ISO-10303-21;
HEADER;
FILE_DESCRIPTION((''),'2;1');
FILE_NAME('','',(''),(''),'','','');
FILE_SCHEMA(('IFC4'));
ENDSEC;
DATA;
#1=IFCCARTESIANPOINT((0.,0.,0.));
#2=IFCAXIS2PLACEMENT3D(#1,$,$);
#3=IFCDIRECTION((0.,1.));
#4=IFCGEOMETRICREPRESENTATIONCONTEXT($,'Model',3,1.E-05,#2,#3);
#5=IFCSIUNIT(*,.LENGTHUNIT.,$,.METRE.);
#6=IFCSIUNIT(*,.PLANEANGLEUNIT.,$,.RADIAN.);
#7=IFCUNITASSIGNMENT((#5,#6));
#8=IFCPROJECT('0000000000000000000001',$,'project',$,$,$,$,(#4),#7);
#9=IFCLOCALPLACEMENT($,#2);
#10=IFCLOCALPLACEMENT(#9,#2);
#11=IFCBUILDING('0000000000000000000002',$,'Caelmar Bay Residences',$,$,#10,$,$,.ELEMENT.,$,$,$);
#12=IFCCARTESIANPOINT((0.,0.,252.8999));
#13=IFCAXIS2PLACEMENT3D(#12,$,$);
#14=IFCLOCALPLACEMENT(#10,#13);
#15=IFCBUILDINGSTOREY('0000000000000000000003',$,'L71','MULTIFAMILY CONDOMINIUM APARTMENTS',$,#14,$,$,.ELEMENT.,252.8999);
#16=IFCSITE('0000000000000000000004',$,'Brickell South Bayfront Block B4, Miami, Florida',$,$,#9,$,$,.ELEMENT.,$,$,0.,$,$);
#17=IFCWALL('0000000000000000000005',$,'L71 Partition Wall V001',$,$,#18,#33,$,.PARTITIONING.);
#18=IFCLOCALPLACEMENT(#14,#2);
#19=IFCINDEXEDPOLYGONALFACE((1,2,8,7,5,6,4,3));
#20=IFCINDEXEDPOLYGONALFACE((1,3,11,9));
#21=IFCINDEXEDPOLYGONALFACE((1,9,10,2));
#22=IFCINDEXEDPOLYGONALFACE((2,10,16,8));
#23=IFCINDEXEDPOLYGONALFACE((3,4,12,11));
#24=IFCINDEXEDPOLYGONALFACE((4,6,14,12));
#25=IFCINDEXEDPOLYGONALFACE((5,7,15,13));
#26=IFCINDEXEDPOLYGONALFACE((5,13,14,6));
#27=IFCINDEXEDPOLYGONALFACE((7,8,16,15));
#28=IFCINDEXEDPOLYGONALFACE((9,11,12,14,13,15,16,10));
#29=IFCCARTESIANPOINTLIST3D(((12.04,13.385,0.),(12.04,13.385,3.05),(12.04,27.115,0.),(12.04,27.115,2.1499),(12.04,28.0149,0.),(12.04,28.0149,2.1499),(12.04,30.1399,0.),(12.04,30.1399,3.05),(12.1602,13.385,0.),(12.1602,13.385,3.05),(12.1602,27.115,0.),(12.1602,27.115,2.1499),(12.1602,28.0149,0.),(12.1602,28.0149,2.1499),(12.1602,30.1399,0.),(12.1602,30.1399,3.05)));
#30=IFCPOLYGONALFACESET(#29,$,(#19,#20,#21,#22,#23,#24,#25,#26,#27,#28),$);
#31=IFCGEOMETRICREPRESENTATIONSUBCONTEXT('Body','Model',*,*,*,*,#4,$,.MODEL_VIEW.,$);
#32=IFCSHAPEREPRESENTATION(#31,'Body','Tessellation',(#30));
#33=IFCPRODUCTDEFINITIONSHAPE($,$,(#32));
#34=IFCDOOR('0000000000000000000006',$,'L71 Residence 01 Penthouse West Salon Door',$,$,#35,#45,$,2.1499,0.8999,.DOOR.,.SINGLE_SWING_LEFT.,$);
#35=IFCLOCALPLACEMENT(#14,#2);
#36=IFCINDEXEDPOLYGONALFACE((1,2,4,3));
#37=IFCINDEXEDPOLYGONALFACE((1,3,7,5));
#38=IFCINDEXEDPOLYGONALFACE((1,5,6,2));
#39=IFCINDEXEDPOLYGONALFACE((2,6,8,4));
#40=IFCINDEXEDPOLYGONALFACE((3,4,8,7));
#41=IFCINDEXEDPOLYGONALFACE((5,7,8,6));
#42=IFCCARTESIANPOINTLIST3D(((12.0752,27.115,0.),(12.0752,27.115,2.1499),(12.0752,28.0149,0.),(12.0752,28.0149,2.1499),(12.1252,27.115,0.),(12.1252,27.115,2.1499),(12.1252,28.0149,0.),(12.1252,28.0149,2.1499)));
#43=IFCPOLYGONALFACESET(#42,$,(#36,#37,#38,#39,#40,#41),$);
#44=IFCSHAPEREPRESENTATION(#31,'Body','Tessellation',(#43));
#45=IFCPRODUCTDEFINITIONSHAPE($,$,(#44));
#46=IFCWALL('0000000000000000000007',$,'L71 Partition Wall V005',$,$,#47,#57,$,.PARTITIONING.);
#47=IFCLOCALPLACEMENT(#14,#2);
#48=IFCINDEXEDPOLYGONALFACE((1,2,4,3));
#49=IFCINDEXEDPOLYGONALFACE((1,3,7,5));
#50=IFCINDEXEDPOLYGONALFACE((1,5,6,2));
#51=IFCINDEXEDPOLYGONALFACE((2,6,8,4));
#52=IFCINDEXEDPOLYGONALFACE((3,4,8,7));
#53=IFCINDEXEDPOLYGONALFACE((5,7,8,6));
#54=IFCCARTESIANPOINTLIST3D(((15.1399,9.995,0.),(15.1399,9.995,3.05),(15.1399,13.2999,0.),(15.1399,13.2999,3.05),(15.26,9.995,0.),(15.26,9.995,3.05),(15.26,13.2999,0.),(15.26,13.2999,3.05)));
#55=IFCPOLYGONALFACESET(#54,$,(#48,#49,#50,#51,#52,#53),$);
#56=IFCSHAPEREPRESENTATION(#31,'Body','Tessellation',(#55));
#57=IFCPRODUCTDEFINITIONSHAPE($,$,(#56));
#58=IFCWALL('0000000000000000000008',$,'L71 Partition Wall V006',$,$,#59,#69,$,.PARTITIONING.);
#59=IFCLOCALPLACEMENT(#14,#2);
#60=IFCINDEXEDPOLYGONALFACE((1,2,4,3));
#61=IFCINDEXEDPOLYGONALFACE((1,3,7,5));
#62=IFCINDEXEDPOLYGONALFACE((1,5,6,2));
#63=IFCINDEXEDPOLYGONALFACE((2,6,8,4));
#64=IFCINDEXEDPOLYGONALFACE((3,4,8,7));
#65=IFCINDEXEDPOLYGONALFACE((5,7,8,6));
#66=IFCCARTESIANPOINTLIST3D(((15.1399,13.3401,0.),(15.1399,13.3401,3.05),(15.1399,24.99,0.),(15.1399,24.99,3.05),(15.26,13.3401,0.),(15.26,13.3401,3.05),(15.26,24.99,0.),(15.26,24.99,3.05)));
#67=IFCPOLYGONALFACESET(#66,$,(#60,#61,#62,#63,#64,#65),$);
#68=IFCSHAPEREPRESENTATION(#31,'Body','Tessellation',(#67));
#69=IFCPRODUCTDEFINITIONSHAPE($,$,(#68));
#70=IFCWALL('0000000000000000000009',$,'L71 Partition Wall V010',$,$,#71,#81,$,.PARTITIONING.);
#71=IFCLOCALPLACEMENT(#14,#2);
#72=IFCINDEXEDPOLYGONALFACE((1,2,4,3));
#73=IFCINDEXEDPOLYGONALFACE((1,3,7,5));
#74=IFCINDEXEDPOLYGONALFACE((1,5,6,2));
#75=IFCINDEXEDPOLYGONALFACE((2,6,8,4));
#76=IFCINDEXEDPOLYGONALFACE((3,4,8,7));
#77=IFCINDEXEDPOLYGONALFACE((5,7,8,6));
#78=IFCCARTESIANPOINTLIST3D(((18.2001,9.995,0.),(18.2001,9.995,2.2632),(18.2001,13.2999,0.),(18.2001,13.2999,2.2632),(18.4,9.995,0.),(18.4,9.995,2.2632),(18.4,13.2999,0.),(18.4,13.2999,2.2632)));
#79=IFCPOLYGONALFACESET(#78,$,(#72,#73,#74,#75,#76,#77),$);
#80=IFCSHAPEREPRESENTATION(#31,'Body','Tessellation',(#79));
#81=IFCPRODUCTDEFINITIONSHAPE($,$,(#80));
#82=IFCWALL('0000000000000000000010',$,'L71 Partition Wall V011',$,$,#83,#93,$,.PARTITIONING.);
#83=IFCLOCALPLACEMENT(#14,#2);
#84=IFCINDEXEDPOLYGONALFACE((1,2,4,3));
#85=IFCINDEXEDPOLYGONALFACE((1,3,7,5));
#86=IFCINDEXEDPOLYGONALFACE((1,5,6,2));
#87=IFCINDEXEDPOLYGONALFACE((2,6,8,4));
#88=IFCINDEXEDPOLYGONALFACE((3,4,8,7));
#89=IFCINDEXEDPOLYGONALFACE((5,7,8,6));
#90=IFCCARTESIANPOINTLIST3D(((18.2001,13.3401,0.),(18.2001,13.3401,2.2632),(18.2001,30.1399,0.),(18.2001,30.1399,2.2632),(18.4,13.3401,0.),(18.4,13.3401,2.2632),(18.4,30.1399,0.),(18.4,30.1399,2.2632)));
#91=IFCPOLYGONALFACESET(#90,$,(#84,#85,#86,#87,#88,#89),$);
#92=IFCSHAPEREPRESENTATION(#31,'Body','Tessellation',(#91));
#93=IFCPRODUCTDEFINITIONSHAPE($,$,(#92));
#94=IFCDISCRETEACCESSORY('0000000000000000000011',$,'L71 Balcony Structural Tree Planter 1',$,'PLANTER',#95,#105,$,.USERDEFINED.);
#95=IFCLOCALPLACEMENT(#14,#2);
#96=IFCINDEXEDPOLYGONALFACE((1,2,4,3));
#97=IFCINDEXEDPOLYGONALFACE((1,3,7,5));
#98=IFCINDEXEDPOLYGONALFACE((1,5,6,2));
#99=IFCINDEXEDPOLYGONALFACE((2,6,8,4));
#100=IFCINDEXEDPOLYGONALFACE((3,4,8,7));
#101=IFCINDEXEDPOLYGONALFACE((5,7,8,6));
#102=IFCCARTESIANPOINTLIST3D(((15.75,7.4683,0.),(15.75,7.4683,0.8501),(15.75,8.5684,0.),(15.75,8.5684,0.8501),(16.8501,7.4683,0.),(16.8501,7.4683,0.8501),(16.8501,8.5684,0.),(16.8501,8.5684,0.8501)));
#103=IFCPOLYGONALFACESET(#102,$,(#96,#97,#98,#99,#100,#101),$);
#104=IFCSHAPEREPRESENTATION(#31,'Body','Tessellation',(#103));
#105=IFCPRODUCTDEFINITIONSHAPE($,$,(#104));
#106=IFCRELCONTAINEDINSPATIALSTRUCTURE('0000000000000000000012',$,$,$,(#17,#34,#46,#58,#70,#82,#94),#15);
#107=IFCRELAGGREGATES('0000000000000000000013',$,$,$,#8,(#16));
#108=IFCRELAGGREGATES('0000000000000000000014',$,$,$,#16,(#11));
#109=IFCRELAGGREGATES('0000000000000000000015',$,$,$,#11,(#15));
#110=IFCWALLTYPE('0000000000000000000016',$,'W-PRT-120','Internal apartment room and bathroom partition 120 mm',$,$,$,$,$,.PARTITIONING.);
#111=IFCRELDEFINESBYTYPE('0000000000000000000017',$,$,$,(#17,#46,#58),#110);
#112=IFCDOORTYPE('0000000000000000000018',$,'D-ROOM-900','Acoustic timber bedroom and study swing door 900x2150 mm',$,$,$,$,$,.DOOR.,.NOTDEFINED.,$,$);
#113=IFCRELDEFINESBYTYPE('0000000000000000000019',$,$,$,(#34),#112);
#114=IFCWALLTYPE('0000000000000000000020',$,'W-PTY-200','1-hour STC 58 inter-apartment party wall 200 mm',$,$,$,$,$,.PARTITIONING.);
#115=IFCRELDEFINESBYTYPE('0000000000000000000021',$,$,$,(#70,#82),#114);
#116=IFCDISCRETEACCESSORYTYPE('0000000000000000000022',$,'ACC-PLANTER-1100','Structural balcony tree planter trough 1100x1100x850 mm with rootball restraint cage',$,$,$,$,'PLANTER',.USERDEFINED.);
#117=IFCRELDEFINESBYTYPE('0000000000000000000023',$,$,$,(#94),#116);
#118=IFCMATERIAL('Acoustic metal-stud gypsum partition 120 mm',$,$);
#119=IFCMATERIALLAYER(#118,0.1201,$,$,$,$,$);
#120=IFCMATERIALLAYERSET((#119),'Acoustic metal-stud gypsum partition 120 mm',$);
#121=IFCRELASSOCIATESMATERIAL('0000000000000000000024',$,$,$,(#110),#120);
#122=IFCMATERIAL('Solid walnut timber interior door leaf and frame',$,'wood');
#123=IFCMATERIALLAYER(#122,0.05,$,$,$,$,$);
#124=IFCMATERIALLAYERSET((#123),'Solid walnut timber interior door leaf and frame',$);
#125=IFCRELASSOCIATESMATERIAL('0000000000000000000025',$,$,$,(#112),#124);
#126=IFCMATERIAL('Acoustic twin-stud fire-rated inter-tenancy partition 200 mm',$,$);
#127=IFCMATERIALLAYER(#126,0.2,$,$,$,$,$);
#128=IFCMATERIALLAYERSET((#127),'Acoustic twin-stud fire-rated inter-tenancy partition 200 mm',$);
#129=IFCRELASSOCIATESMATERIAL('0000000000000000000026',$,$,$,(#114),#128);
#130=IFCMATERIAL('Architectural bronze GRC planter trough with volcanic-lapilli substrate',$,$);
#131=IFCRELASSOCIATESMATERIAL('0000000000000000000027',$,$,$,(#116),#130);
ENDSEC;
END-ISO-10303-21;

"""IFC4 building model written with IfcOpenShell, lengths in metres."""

from ifc_helpers import new_model, si_unit, direction, frame, frame_2d, origin, origin_2d, place, context, subcontext, project, spatial, rectangle, extrude, material, layer, layer_set, type_object, element, fill, save


model = new_model("IFC4")

# Units and contexts
model_context = context("Model", 3, precision=1e-05, world=origin(), true_north=direction((0.0, 1.0)))
body_context = subcontext(model_context, "Body", "Model", "MODEL_VIEW")
ifc_project = project(units=[si_unit("LENGTHUNIT", "METRE"), si_unit("PLANEANGLEUNIT", "RADIAN")], contexts=[model_context])

# Site, building, storey
site_placement = place(None, origin())
site = spatial("IfcSite", under=ifc_project, at=site_placement, Name="Brickell South Bayfront Block B4, Miami, Florida", CompositionType="ELEMENT", RefElevation=0.0)
building_placement = place(site_placement, origin())
building = spatial("IfcBuilding", under=site, at=building_placement, Name="Caelmar Bay Residences", CompositionType="ELEMENT")
storey_placement = place(building_placement, frame((0.0, 0.0, 252.8999)))
storey = spatial("IfcBuildingStorey", under=building, at=storey_placement, Name="L71", Description="MULTIFAMILY CONDOMINIUM APARTMENTS", CompositionType="ELEMENT", Elevation=252.8999)

# Wall, opening, door
ifc_material_1 = material(Name="Acoustic metal-stud gypsum partition 120 mm")
ifc_layer_1 = layer(ifc_material_1, 0.1201)
ifc_layer_set_1 = layer_set([ifc_layer_1], Name="Acoustic metal-stud gypsum partition 120 mm")
wall_type_1 = type_object("IfcWallType", Name="W-PRT-120", Description="Internal apartment room and bathroom partition 120 mm", PredefinedType="PARTITIONING", material=ifc_layer_set_1)
wall_1_placement = place(storey_placement, frame((12.1001, 13.385, 0.0), z_axis=(0.0, 0.0, 1.0), x_axis=(0.0, 1.0, 0.0)))
wall_1 = element("IfcWall", 1, at=wall_1_placement, inside=storey, type_object=wall_type_1, Name="L71 Partition Wall V001", PredefinedType="PARTITIONING", context=body_context, shape_type="SweptSolid", body=[
    extrude(rectangle(XDim=16.7549, YDim=0.1201, at=frame_2d((8.3774, 0.0))), origin(), (0.0, 0.0, 1.0), 3.05),
])
opening_1_placement = place(wall_1_placement, frame((13.73, 0.0, 0.0)))
opening_1 = element("IfcOpeningElement", 2, at=opening_1_placement, cuts=wall_1, PredefinedType="OPENING", context=body_context, shape_type="SweptSolid", body=[
    extrude(rectangle(XDim=0.8999, YDim=2.1499, at=frame_2d((0.45, 1.075))), frame((0.0, 0.0701, 0.0), z_axis=(0.0, -1.0, 0.0), x_axis=(1.0, 0.0, 0.0)), (0.0, 0.0, 1.0), 0.1401),
])
ifc_material_2 = material(Name="Solid walnut timber interior door leaf and frame", Category="wood")
ifc_layer_2 = layer(ifc_material_2, 0.05)
ifc_layer_set_2 = layer_set([ifc_layer_2], Name="Solid walnut timber interior door leaf and frame")
door_type = type_object("IfcDoorType", Name="D-ROOM-900", Description="Acoustic timber bedroom and study swing door 900x2150 mm", OperationType="NOTDEFINED", PredefinedType="DOOR", material=ifc_layer_set_2)
door_1_placement = place(opening_1_placement, origin())
door_1 = element("IfcDoor", 3, at=door_1_placement, inside=storey, type_object=door_type, Name="L71 Residence 01 Penthouse West Salon Door", OperationType="SINGLE_SWING_LEFT", OverallHeight=2.1499, OverallWidth=0.8999, PredefinedType="DOOR", context=body_context, shape_type="SweptSolid", body=[
    extrude(rectangle(XDim=0.8999, YDim=2.1499, at=frame_2d((0.45, 1.075))), frame((0.0, 0.0249, 0.0), z_axis=(0.0, -1.0, 0.0), x_axis=(1.0, 0.0, 0.0)), (0.0, 0.0, 1.0), 0.05),
])
fill(opening_1, door_1)

# Walls
wall_2_placement = place(storey_placement, frame((15.2, 9.9951, 0.0), z_axis=(0.0, 0.0, 1.0), x_axis=(0.0, 1.0, 0.0)))
element("IfcWall", 4, at=wall_2_placement, inside=storey, type_object=wall_type_1, Name="L71 Partition Wall V005", PredefinedType="PARTITIONING", context=body_context, shape_type="SweptSolid", body=[
    extrude(rectangle(XDim=3.3049, YDim=0.1201, at=frame_2d((1.6523, 0.0))), origin(), (0.0, 0.0, 1.0), 3.05),
])
wall_3_placement = place(storey_placement, frame((15.2, 13.3401, 0.0), z_axis=(0.0, 0.0, 1.0), x_axis=(0.0, 1.0, 0.0)))
element("IfcWall", 5, at=wall_3_placement, inside=storey, type_object=wall_type_1, Name="L71 Partition Wall V006", PredefinedType="PARTITIONING", context=body_context, shape_type="SweptSolid", body=[
    extrude(rectangle(XDim=11.6499, YDim=0.1201, at=frame_2d((5.825, 0.0))), origin(), (0.0, 0.0, 1.0), 3.05),
])

# Walls
ifc_material_3 = material(Name="Acoustic twin-stud fire-rated inter-tenancy partition 200 mm")
ifc_layer_3 = layer(ifc_material_3, 0.2)
ifc_layer_set_3 = layer_set([ifc_layer_3], Name="Acoustic twin-stud fire-rated inter-tenancy partition 200 mm")
wall_type_2 = type_object("IfcWallType", Name="W-PTY-200", Description="1-hour STC 58 inter-apartment party wall 200 mm", PredefinedType="PARTITIONING", material=ifc_layer_set_3)
wall_4_placement = place(storey_placement, frame((18.3, 9.9951, 0.0), z_axis=(0.0, 0.0, 1.0), x_axis=(0.0, 1.0, 0.0)))
element("IfcWall", 6, at=wall_4_placement, inside=storey, type_object=wall_type_2, Name="L71 Partition Wall V010", PredefinedType="PARTITIONING", context=body_context, shape_type="SweptSolid", body=[
    extrude(rectangle(XDim=3.3049, YDim=0.2, at=frame_2d((1.6523, 0.0))), origin(), (0.0, 0.0, 1.0), 2.2632),
])
wall_5_placement = place(storey_placement, frame((18.3, 13.3401, 0.0), z_axis=(0.0, 0.0, 1.0), x_axis=(0.0, 1.0, 0.0)))
element("IfcWall", 7, at=wall_5_placement, inside=storey, type_object=wall_type_2, Name="L71 Partition Wall V011", PredefinedType="PARTITIONING", context=body_context, shape_type="SweptSolid", body=[
    extrude(rectangle(XDim=16.7998, YDim=0.2, at=frame_2d((8.3999, 0.0))), origin(), (0.0, 0.0, 1.0), 2.2632),
])

# Discrete accessory
ifc_material_4 = material(Name="Architectural bronze GRC planter trough with volcanic-lapilli substrate")
discrete_accessory_type = type_object("IfcDiscreteAccessoryType", Name="ACC-PLANTER-1100", Description="Structural balcony tree planter trough 1100x1100x850 mm with rootball restraint cage", ElementType="PLANTER", PredefinedType="USERDEFINED", material=ifc_material_4)
discrete_accessory_placement = place(storey_placement, frame((16.3, 8.0183, 0.0), z_axis=(0.0, 0.0, 1.0), x_axis=(1.0, 0.0, 0.0)))
element("IfcDiscreteAccessory", 8, at=discrete_accessory_placement, inside=storey, type_object=discrete_accessory_type, Name="L71 Balcony Structural Tree Planter 1", ObjectType="PLANTER", PredefinedType="USERDEFINED", context=body_context, shape_type="SweptSolid", body=[
    extrude(rectangle(XDim=1.1001, YDim=1.1001, at=origin_2d()), origin(), (0.0, 0.0, 1.0), 0.8501),
])

save(model, "model.ifc")
